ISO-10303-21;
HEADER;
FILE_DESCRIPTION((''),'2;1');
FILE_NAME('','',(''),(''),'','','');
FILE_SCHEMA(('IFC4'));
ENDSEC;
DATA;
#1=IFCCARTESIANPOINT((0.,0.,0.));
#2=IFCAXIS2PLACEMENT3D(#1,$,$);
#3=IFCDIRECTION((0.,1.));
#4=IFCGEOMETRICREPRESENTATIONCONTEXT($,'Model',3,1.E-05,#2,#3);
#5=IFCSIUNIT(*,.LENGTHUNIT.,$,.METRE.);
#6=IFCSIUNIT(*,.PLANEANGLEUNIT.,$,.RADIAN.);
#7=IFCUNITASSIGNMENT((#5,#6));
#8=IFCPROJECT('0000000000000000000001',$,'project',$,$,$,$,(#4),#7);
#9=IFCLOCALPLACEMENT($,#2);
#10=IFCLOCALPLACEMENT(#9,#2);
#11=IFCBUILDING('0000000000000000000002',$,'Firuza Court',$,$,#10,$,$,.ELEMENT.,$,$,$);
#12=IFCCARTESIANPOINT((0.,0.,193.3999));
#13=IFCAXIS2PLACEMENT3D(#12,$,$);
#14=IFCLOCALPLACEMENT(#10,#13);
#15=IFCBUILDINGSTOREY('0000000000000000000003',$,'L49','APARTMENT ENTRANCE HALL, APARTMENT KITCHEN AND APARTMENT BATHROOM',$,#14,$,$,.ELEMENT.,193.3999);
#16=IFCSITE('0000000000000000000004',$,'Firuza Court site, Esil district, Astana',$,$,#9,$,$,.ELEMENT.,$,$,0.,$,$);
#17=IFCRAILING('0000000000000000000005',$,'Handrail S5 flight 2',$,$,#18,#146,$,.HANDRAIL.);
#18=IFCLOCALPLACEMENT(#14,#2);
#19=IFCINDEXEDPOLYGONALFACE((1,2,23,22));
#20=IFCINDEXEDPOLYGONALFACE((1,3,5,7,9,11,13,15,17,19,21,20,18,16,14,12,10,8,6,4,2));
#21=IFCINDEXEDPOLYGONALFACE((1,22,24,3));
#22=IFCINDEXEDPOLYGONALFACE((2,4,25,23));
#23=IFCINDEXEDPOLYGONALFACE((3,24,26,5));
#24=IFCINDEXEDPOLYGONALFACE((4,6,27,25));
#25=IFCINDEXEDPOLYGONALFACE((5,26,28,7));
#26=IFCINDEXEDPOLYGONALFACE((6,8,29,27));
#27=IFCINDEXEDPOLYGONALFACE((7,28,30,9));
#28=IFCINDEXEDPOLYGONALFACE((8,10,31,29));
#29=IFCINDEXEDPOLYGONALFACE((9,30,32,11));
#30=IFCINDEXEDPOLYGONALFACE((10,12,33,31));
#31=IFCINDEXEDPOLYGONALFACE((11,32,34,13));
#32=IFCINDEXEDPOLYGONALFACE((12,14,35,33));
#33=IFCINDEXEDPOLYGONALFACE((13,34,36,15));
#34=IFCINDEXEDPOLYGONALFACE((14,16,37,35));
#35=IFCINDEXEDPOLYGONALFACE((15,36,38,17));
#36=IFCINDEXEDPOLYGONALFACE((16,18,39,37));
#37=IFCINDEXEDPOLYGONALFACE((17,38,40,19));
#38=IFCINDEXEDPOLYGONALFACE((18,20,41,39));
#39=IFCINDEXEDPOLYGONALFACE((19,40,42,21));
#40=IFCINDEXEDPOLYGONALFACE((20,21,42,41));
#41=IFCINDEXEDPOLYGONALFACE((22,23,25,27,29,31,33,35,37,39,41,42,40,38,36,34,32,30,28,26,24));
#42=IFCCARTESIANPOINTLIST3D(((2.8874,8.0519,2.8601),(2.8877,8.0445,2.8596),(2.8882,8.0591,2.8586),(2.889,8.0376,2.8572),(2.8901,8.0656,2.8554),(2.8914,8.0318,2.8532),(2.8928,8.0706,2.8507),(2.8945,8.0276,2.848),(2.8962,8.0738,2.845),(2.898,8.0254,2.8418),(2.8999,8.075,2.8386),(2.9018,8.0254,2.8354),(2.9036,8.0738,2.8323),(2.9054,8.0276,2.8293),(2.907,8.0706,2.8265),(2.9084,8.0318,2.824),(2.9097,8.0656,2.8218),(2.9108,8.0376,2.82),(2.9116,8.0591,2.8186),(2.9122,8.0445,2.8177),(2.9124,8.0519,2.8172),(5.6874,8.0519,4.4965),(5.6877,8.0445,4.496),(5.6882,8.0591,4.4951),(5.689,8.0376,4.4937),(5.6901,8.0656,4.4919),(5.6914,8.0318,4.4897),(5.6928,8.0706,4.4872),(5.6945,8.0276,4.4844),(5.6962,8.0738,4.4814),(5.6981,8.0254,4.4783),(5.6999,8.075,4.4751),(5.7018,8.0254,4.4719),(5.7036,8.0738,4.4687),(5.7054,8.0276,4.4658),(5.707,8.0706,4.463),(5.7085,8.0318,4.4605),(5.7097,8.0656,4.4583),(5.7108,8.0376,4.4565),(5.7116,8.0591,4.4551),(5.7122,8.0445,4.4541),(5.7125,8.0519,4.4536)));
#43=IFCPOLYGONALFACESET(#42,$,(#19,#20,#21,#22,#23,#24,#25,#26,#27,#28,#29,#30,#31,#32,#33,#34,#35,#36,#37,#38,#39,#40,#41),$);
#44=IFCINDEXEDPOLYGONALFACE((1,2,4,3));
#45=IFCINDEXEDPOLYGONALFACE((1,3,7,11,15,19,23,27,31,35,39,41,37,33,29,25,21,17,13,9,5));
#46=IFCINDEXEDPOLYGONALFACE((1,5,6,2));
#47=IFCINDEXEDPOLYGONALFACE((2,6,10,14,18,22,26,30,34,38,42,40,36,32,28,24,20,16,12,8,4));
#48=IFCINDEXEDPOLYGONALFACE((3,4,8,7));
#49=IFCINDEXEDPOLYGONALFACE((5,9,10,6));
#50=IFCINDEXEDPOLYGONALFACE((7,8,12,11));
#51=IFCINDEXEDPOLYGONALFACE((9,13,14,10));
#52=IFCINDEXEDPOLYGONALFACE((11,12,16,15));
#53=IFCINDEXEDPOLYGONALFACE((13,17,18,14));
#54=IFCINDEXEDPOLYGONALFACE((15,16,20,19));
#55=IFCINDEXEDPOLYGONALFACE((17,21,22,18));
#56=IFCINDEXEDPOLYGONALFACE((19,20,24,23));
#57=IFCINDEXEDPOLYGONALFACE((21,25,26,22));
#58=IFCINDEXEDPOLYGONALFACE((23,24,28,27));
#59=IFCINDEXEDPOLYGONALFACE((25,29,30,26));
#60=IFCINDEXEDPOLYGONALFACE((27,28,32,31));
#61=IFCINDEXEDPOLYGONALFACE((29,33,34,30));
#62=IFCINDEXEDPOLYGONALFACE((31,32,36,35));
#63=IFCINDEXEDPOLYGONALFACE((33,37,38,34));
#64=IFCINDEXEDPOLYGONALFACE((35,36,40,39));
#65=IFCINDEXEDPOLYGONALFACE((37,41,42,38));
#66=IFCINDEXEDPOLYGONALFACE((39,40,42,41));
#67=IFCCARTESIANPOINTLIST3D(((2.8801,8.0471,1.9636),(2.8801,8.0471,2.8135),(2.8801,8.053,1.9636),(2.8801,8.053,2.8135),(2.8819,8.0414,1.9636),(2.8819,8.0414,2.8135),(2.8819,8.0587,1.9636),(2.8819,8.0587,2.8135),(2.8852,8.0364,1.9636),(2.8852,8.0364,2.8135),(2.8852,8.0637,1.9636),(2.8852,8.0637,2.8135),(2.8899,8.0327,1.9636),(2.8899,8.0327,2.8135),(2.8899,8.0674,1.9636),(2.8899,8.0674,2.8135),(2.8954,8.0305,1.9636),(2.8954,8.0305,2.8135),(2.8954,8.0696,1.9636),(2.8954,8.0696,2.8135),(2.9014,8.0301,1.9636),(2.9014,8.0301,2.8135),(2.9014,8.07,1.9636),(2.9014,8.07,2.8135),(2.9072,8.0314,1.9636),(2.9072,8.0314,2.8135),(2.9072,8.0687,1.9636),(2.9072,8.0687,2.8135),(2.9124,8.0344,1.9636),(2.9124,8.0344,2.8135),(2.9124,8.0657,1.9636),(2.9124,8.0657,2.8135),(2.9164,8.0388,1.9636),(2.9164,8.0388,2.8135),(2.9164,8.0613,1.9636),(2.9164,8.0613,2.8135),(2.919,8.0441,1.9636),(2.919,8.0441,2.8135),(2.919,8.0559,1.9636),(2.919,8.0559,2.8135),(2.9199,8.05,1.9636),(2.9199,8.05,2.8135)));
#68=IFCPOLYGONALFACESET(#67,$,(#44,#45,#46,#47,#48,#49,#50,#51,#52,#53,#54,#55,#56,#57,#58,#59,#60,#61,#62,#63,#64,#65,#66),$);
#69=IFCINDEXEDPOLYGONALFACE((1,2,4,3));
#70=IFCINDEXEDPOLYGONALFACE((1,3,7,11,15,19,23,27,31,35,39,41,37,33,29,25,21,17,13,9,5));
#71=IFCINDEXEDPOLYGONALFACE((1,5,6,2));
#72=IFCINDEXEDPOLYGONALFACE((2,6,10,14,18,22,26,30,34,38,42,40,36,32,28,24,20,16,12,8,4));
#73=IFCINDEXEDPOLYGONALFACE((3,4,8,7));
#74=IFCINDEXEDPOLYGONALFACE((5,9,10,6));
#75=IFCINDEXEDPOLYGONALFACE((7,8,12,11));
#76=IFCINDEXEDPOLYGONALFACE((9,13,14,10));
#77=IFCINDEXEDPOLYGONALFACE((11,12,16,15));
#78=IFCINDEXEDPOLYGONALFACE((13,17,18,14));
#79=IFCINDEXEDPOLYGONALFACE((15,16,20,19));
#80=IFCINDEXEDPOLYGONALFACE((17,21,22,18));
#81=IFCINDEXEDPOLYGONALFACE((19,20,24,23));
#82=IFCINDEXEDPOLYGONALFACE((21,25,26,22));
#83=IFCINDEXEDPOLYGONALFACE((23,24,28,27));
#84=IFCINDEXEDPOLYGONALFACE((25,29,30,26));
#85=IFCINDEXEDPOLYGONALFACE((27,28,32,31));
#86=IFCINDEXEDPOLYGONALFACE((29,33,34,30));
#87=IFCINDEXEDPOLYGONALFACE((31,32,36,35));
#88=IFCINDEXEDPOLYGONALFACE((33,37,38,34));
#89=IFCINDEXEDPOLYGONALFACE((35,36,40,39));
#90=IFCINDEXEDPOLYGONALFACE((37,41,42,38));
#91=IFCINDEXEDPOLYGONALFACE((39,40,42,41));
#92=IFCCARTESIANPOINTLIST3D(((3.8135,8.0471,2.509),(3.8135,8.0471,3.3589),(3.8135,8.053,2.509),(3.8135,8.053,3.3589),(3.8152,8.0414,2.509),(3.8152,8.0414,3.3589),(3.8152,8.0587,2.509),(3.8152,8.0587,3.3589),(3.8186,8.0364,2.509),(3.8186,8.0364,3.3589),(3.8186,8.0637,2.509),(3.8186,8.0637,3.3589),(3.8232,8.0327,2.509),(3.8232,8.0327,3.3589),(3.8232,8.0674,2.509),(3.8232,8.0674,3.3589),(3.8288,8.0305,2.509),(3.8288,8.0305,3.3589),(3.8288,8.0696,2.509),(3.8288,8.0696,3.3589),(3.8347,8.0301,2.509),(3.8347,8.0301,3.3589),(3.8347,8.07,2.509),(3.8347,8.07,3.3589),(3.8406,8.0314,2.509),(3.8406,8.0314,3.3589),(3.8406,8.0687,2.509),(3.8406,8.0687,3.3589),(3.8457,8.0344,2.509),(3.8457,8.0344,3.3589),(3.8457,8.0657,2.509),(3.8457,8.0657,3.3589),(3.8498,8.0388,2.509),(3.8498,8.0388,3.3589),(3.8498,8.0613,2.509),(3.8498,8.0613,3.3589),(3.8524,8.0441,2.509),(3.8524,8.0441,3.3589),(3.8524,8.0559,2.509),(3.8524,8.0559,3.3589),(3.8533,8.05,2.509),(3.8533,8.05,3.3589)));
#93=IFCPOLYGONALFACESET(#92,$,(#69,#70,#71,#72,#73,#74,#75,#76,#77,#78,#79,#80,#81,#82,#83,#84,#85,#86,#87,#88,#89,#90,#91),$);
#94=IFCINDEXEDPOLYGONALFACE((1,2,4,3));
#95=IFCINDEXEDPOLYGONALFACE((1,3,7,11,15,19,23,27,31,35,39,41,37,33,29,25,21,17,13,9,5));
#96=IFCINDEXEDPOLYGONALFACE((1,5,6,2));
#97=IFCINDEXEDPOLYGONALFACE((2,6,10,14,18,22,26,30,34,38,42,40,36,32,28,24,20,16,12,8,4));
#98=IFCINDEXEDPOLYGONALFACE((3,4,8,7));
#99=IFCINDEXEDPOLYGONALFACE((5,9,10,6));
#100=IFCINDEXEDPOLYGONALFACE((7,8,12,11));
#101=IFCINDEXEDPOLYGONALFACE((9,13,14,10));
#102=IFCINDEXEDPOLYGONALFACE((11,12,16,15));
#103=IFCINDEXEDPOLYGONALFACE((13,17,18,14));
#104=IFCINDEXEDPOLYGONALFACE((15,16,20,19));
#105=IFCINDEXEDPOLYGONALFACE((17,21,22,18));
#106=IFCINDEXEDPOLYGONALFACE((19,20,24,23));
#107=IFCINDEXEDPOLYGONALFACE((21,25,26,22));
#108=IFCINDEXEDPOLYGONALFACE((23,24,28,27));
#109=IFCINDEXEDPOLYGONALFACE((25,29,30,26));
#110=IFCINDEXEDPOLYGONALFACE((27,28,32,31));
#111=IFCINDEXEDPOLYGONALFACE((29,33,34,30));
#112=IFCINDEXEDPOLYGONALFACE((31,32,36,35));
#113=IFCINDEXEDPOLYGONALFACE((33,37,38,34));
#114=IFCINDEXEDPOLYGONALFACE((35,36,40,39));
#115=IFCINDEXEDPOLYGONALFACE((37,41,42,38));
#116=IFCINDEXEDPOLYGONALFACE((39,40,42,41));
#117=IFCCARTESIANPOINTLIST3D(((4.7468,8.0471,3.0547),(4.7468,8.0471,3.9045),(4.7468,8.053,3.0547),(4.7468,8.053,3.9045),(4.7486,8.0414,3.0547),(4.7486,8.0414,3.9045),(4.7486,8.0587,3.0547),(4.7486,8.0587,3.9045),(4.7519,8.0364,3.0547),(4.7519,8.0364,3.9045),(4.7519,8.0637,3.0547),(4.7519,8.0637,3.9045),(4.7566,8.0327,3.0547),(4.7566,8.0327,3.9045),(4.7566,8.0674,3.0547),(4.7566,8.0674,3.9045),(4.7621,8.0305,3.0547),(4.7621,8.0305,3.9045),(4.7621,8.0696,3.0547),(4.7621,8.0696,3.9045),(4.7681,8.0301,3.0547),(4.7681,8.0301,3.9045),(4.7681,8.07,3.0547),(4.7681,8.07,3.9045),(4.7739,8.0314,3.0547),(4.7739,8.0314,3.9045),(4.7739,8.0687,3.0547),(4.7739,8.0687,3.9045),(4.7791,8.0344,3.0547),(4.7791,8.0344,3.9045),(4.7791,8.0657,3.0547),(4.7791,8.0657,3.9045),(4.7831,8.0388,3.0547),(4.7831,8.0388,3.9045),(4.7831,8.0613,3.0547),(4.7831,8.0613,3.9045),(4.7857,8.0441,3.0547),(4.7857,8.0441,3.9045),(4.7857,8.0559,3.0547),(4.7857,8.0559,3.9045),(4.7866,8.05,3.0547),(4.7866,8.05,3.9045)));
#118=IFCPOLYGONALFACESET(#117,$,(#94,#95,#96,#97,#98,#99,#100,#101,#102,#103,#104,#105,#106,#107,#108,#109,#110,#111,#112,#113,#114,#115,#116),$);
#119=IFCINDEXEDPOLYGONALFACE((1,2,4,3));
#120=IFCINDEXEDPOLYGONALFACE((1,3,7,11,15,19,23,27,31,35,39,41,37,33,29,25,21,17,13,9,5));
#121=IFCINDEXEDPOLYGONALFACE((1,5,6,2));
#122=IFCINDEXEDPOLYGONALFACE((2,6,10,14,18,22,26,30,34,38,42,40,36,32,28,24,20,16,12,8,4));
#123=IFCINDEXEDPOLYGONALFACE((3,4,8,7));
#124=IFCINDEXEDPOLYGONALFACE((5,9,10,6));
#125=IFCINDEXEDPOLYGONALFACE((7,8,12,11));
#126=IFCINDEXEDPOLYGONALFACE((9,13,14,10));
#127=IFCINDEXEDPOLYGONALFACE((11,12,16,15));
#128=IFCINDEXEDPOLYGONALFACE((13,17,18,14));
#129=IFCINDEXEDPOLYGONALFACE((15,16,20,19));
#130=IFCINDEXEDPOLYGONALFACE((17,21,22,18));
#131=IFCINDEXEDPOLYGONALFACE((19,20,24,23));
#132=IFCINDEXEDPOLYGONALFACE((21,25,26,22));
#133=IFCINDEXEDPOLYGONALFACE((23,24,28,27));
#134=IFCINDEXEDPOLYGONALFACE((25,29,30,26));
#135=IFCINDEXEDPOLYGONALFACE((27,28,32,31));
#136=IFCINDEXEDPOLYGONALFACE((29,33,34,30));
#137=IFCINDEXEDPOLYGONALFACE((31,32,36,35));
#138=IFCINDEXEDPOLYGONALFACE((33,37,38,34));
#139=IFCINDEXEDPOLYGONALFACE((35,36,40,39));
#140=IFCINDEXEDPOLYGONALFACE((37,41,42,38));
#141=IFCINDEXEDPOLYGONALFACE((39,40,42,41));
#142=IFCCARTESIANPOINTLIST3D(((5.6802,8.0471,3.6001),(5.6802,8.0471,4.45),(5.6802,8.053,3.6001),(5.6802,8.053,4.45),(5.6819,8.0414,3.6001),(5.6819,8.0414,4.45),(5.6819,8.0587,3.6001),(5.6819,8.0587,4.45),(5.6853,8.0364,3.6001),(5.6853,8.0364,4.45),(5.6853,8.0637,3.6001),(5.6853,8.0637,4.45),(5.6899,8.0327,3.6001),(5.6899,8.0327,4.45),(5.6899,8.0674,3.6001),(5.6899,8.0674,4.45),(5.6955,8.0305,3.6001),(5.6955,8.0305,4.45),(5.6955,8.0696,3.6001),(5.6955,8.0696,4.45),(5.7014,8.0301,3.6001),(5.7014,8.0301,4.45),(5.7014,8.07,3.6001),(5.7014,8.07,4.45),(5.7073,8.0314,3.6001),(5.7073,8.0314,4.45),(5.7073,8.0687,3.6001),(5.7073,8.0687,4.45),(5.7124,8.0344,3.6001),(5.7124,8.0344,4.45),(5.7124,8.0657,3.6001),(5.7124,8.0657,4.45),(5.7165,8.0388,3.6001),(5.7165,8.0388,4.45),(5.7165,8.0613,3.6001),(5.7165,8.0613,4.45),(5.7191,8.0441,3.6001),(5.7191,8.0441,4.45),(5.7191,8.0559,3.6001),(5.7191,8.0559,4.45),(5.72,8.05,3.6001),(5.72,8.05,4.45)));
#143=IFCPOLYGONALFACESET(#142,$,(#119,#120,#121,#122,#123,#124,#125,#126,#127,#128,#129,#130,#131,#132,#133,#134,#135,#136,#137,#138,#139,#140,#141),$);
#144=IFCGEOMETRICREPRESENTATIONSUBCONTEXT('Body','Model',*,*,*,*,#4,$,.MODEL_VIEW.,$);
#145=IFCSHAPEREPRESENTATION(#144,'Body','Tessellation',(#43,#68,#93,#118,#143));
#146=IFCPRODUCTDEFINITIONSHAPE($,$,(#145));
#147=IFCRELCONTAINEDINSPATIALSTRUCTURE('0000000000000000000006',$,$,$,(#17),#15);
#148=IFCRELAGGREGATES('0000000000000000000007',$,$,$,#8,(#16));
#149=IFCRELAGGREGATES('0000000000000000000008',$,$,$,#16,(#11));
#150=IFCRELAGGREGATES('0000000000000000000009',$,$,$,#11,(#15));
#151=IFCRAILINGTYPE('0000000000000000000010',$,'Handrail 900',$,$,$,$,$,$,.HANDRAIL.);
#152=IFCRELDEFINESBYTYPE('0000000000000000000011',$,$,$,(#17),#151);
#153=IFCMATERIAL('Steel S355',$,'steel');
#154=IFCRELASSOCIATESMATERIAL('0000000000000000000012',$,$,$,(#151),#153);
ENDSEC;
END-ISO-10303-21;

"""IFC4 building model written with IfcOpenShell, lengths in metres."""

from ifc_helpers import new_model, si_unit, direction, frame, origin, origin_2d, place, context, subcontext, project, spatial, circle, extrude, material, type_object, element, save


model = new_model("IFC4")

# Units and contexts
model_context = context("Model", 3, precision=1e-05, world=origin(), true_north=direction((0.0, 1.0)))
body_context = subcontext(model_context, "Body", "Model", "MODEL_VIEW")
ifc_project = project(units=[si_unit("LENGTHUNIT", "METRE"), si_unit("PLANEANGLEUNIT", "RADIAN")], contexts=[model_context])

# Site, building, storey
site_placement = place(None, origin())
site = spatial("IfcSite", under=ifc_project, at=site_placement, Name="Firuza Court site, Esil district, Astana", CompositionType="ELEMENT", RefElevation=0.0)
building_placement = place(site_placement, origin())
building = spatial("IfcBuilding", under=site, at=building_placement, Name="Firuza Court", CompositionType="ELEMENT")
storey_placement = place(building_placement, frame((0.0, 0.0, 193.3999)))
storey = spatial("IfcBuildingStorey", under=building, at=storey_placement, Name="L49", Description="APARTMENT ENTRANCE HALL, APARTMENT KITCHEN AND APARTMENT BATHROOM", CompositionType="ELEMENT", Elevation=193.3999)

# Railing
ifc_material_1 = material(Name="Steel S355", Category="steel")
railing_type_1 = type_object("IfcRailingType", Name="Handrail 900", PredefinedType="HANDRAIL", material=ifc_material_1)
railing_1_placement = place(storey_placement, frame((2.8999, 8.05, 1.9636)))
element("IfcRailing", 1, at=railing_1_placement, inside=storey, type_object=railing_type_1, Name="Handrail S5 flight 2", PredefinedType="HANDRAIL", context=body_context, shape_type="SweptSolid", body=[
    extrude(circle(Radius=0.0249, at=origin_2d()), frame((0.0, 0.0, 0.875), z_axis=(0.863361, 0.0, 0.504587), x_axis=(0.0, 1.0, 0.0)), (0.0, 0.0, 1.0), 3.2432),
    extrude(circle(Radius=0.02, at=origin_2d()), origin(), (0.0, 0.0, 1.0), 0.8499),
    extrude(circle(Radius=0.02, at=origin_2d()), frame((0.9333, 0.0, 0.5454)), (0.0, 0.0, 1.0), 0.8499),
    extrude(circle(Radius=0.02, at=origin_2d()), frame((1.8667, 0.0, 1.0911)), (0.0, 0.0, 1.0), 0.8499),
    extrude(circle(Radius=0.02, at=origin_2d()), frame((2.8, 0.0, 1.6365)), (0.0, 0.0, 1.0), 0.8499),
])

save(model, "model.ifc")
